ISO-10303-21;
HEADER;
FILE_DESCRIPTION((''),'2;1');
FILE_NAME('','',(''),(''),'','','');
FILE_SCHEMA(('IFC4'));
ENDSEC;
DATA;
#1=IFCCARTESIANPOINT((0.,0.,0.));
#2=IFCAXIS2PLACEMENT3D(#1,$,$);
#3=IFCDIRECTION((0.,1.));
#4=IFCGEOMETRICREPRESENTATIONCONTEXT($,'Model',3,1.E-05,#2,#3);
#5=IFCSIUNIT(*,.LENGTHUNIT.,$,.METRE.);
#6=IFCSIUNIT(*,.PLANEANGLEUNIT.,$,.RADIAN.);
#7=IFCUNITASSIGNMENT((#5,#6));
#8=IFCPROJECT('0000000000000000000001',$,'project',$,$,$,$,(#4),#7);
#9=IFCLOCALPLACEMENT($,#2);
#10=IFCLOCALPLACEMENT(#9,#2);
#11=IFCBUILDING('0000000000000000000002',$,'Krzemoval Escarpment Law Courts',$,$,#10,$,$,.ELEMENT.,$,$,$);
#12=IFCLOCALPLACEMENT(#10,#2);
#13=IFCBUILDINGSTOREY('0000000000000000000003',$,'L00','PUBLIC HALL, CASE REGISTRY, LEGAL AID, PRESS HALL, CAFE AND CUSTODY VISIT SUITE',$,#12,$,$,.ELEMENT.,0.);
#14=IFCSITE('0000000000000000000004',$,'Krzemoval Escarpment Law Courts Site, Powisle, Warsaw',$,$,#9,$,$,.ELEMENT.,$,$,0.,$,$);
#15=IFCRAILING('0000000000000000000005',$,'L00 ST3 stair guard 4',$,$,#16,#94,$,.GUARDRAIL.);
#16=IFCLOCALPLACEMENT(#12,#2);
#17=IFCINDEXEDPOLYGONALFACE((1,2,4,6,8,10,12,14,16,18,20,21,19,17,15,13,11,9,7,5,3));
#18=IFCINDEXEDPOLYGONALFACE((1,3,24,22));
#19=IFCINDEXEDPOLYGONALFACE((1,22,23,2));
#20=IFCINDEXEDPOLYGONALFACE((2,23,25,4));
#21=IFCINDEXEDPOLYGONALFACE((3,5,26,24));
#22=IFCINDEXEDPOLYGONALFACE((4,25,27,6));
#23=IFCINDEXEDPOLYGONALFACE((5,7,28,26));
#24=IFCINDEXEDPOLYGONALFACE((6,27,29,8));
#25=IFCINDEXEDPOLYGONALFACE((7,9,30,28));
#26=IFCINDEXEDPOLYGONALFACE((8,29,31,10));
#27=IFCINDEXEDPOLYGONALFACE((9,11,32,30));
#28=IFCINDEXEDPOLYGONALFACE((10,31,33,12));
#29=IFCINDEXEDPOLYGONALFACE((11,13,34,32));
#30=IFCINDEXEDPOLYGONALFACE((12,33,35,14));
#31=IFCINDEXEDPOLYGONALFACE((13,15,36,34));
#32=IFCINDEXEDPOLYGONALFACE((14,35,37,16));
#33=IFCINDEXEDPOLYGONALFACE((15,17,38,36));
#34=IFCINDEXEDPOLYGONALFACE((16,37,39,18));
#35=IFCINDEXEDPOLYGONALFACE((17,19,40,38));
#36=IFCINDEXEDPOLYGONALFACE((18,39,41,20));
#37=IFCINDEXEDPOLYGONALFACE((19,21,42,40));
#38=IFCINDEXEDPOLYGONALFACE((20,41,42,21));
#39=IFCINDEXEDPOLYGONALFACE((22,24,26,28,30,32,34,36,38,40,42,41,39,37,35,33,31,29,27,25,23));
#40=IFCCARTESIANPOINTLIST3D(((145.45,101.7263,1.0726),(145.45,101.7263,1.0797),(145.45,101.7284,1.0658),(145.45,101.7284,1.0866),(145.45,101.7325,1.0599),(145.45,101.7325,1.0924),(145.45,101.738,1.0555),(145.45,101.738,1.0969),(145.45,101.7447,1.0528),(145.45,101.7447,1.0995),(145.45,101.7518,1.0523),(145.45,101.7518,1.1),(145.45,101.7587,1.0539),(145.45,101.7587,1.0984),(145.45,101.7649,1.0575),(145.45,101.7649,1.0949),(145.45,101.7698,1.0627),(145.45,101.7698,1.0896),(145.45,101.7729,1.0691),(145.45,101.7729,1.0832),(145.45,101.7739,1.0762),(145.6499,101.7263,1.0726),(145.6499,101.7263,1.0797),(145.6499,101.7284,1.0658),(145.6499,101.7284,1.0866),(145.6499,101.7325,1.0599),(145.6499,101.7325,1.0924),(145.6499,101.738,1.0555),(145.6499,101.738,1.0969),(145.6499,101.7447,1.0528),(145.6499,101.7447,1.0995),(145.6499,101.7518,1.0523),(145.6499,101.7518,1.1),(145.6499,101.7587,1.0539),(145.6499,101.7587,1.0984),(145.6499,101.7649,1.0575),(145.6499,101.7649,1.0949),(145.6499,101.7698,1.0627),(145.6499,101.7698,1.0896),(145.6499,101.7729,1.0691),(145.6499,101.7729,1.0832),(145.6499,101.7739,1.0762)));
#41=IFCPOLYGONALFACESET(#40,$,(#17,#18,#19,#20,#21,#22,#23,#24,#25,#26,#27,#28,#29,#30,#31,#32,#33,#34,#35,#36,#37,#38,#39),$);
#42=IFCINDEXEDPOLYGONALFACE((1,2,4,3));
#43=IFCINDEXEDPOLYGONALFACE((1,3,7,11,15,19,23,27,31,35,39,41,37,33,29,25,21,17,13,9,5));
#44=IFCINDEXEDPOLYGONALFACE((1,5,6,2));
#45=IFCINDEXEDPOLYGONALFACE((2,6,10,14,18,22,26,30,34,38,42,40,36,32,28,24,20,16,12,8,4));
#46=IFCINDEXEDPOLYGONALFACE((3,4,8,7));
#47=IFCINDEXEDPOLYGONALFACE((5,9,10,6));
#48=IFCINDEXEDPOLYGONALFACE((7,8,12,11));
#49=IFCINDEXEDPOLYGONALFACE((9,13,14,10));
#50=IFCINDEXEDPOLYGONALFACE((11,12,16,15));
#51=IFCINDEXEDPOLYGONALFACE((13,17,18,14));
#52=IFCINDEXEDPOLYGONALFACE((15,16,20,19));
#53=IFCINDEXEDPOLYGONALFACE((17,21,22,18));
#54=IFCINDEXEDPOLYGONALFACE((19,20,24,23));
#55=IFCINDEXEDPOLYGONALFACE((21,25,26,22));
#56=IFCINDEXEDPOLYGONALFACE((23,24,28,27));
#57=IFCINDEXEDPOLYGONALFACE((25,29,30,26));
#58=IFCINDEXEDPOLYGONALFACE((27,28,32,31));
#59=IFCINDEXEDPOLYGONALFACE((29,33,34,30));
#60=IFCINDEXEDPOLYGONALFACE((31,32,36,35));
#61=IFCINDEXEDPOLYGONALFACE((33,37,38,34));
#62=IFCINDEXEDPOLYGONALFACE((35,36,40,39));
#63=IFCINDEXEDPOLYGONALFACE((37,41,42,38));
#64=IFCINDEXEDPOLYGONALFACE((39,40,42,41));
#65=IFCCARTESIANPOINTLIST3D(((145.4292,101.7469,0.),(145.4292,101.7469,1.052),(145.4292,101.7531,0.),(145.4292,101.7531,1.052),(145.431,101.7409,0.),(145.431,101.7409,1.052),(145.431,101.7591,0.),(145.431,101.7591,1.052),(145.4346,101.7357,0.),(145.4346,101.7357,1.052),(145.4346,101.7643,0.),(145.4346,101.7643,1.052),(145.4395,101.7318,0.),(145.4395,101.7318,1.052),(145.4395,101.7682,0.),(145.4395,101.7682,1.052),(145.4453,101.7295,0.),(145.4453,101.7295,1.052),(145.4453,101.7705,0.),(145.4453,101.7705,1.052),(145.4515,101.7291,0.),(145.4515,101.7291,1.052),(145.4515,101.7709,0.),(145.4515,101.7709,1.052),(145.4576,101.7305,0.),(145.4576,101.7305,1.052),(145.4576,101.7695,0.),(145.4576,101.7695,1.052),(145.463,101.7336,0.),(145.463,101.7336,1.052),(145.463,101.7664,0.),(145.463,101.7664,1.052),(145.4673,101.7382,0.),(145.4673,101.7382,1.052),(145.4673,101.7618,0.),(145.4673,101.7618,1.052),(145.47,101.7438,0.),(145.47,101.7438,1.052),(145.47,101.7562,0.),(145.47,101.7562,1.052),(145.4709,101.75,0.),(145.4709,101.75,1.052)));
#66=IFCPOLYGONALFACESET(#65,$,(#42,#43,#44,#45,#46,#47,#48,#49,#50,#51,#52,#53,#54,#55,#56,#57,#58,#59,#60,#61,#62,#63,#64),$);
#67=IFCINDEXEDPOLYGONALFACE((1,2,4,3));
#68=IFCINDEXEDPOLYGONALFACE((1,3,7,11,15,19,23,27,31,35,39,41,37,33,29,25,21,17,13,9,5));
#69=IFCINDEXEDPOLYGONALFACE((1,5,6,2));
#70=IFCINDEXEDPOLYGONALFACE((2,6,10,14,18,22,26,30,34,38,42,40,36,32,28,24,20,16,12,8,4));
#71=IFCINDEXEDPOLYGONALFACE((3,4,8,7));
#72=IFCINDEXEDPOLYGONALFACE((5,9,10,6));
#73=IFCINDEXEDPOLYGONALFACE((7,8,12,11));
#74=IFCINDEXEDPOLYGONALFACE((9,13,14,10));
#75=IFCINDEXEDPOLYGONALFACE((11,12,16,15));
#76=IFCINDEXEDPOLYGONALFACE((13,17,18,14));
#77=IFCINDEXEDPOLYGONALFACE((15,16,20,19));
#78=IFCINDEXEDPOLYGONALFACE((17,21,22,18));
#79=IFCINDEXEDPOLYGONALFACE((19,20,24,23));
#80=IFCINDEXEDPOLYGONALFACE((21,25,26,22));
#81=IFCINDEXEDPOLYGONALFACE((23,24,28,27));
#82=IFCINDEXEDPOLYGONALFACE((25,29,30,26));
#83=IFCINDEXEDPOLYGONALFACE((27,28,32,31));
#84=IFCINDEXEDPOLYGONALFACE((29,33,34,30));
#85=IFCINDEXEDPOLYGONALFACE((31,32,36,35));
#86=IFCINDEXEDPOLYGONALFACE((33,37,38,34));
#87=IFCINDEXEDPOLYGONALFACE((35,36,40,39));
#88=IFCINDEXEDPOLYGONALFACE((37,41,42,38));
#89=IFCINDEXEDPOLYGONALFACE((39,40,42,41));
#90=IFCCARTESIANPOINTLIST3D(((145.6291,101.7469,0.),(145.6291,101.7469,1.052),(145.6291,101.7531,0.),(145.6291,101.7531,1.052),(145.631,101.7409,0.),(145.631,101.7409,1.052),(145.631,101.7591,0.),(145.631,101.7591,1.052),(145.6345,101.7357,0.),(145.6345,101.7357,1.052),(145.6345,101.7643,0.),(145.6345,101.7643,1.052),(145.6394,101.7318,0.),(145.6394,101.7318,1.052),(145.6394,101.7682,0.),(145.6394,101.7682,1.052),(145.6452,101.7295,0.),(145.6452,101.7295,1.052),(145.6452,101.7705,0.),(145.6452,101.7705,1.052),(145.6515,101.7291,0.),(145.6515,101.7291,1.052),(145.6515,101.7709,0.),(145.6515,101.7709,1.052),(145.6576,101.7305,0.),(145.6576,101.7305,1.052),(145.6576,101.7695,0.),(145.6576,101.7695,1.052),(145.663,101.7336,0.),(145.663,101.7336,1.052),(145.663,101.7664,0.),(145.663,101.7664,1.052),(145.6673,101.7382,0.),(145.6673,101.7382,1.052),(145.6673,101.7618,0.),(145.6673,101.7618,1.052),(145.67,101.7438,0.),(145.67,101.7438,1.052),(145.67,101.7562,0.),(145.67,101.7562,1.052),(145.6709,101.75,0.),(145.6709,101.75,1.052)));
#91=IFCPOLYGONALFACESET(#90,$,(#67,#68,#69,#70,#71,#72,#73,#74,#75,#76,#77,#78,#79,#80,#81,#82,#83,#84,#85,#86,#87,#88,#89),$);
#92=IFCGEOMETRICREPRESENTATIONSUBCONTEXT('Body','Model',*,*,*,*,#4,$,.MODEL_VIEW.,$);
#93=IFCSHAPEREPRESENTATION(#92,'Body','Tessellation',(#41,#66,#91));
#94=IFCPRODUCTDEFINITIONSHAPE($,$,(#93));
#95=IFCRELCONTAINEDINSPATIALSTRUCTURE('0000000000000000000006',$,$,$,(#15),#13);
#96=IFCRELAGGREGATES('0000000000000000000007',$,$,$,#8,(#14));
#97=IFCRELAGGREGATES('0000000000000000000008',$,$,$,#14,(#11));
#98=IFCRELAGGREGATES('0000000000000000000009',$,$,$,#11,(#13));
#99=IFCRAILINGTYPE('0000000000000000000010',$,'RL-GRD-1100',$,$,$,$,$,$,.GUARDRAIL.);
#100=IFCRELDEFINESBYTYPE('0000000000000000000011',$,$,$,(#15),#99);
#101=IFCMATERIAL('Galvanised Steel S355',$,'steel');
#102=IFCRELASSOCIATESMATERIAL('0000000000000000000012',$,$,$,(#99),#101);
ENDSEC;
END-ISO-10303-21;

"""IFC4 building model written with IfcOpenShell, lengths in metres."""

from ifc_helpers import new_model, si_unit, direction, frame, origin, origin_2d, place, context, subcontext, project, spatial, circle, extrude, material, type_object, element, save


model = new_model("IFC4")

# Units and contexts
model_context = context("Model", 3, precision=1e-05, world=origin(), true_north=direction((0.0, 1.0)))
body_context = subcontext(model_context, "Body", "Model", "MODEL_VIEW")
ifc_project = project(units=[si_unit("LENGTHUNIT", "METRE"), si_unit("PLANEANGLEUNIT", "RADIAN")], contexts=[model_context])

# Site, building, storey
site_placement = place(None, origin())
site = spatial("IfcSite", under=ifc_project, at=site_placement, Name="Krzemoval Escarpment Law Courts Site, Powisle, Warsaw", CompositionType="ELEMENT", RefElevation=0.0)
building_placement = place(site_placement, origin())
building = spatial("IfcBuilding", under=site, at=building_placement, Name="Krzemoval Escarpment Law Courts", CompositionType="ELEMENT")
storey_placement = place(building_placement, origin())
storey = spatial("IfcBuildingStorey", under=building, at=storey_placement, Name="L00", Description="PUBLIC HALL, CASE REGISTRY, LEGAL AID, PRESS HALL, CAFE AND CUSTODY VISIT SUITE", CompositionType="ELEMENT", Elevation=0.0)

# Railing
ifc_material_1 = material(Name="Galvanised Steel S355", Category="steel")
railing_type_1 = type_object("IfcRailingType", Name="RL-GRD-1100", PredefinedType="GUARDRAIL", material=ifc_material_1)
railing_1_placement = place(storey_placement, frame((145.45, 101.75, 0.0)))
element("IfcRailing", 1, at=railing_1_placement, inside=storey, type_object=railing_type_1, Name="L00 ST3 stair guard 4", PredefinedType="GUARDRAIL", context=body_context, shape_type="SweptSolid", body=[
    extrude(circle(Radius=0.0239, at=origin_2d()), frame((0.0, 0.0, 1.0762), z_axis=(1.0, 0.0, 0.0), x_axis=(0.0, 1.0, 0.0)), (0.0, 0.0, 1.0), 0.2),
    extrude(circle(Radius=0.021, at=origin_2d()), origin(), (0.0, 0.0, 1.0), 1.052),
    extrude(circle(Radius=0.021, at=origin_2d()), frame((0.2, 0.0, 0.0)), (0.0, 0.0, 1.0), 1.052),
])

save(model, "model.ifc")
